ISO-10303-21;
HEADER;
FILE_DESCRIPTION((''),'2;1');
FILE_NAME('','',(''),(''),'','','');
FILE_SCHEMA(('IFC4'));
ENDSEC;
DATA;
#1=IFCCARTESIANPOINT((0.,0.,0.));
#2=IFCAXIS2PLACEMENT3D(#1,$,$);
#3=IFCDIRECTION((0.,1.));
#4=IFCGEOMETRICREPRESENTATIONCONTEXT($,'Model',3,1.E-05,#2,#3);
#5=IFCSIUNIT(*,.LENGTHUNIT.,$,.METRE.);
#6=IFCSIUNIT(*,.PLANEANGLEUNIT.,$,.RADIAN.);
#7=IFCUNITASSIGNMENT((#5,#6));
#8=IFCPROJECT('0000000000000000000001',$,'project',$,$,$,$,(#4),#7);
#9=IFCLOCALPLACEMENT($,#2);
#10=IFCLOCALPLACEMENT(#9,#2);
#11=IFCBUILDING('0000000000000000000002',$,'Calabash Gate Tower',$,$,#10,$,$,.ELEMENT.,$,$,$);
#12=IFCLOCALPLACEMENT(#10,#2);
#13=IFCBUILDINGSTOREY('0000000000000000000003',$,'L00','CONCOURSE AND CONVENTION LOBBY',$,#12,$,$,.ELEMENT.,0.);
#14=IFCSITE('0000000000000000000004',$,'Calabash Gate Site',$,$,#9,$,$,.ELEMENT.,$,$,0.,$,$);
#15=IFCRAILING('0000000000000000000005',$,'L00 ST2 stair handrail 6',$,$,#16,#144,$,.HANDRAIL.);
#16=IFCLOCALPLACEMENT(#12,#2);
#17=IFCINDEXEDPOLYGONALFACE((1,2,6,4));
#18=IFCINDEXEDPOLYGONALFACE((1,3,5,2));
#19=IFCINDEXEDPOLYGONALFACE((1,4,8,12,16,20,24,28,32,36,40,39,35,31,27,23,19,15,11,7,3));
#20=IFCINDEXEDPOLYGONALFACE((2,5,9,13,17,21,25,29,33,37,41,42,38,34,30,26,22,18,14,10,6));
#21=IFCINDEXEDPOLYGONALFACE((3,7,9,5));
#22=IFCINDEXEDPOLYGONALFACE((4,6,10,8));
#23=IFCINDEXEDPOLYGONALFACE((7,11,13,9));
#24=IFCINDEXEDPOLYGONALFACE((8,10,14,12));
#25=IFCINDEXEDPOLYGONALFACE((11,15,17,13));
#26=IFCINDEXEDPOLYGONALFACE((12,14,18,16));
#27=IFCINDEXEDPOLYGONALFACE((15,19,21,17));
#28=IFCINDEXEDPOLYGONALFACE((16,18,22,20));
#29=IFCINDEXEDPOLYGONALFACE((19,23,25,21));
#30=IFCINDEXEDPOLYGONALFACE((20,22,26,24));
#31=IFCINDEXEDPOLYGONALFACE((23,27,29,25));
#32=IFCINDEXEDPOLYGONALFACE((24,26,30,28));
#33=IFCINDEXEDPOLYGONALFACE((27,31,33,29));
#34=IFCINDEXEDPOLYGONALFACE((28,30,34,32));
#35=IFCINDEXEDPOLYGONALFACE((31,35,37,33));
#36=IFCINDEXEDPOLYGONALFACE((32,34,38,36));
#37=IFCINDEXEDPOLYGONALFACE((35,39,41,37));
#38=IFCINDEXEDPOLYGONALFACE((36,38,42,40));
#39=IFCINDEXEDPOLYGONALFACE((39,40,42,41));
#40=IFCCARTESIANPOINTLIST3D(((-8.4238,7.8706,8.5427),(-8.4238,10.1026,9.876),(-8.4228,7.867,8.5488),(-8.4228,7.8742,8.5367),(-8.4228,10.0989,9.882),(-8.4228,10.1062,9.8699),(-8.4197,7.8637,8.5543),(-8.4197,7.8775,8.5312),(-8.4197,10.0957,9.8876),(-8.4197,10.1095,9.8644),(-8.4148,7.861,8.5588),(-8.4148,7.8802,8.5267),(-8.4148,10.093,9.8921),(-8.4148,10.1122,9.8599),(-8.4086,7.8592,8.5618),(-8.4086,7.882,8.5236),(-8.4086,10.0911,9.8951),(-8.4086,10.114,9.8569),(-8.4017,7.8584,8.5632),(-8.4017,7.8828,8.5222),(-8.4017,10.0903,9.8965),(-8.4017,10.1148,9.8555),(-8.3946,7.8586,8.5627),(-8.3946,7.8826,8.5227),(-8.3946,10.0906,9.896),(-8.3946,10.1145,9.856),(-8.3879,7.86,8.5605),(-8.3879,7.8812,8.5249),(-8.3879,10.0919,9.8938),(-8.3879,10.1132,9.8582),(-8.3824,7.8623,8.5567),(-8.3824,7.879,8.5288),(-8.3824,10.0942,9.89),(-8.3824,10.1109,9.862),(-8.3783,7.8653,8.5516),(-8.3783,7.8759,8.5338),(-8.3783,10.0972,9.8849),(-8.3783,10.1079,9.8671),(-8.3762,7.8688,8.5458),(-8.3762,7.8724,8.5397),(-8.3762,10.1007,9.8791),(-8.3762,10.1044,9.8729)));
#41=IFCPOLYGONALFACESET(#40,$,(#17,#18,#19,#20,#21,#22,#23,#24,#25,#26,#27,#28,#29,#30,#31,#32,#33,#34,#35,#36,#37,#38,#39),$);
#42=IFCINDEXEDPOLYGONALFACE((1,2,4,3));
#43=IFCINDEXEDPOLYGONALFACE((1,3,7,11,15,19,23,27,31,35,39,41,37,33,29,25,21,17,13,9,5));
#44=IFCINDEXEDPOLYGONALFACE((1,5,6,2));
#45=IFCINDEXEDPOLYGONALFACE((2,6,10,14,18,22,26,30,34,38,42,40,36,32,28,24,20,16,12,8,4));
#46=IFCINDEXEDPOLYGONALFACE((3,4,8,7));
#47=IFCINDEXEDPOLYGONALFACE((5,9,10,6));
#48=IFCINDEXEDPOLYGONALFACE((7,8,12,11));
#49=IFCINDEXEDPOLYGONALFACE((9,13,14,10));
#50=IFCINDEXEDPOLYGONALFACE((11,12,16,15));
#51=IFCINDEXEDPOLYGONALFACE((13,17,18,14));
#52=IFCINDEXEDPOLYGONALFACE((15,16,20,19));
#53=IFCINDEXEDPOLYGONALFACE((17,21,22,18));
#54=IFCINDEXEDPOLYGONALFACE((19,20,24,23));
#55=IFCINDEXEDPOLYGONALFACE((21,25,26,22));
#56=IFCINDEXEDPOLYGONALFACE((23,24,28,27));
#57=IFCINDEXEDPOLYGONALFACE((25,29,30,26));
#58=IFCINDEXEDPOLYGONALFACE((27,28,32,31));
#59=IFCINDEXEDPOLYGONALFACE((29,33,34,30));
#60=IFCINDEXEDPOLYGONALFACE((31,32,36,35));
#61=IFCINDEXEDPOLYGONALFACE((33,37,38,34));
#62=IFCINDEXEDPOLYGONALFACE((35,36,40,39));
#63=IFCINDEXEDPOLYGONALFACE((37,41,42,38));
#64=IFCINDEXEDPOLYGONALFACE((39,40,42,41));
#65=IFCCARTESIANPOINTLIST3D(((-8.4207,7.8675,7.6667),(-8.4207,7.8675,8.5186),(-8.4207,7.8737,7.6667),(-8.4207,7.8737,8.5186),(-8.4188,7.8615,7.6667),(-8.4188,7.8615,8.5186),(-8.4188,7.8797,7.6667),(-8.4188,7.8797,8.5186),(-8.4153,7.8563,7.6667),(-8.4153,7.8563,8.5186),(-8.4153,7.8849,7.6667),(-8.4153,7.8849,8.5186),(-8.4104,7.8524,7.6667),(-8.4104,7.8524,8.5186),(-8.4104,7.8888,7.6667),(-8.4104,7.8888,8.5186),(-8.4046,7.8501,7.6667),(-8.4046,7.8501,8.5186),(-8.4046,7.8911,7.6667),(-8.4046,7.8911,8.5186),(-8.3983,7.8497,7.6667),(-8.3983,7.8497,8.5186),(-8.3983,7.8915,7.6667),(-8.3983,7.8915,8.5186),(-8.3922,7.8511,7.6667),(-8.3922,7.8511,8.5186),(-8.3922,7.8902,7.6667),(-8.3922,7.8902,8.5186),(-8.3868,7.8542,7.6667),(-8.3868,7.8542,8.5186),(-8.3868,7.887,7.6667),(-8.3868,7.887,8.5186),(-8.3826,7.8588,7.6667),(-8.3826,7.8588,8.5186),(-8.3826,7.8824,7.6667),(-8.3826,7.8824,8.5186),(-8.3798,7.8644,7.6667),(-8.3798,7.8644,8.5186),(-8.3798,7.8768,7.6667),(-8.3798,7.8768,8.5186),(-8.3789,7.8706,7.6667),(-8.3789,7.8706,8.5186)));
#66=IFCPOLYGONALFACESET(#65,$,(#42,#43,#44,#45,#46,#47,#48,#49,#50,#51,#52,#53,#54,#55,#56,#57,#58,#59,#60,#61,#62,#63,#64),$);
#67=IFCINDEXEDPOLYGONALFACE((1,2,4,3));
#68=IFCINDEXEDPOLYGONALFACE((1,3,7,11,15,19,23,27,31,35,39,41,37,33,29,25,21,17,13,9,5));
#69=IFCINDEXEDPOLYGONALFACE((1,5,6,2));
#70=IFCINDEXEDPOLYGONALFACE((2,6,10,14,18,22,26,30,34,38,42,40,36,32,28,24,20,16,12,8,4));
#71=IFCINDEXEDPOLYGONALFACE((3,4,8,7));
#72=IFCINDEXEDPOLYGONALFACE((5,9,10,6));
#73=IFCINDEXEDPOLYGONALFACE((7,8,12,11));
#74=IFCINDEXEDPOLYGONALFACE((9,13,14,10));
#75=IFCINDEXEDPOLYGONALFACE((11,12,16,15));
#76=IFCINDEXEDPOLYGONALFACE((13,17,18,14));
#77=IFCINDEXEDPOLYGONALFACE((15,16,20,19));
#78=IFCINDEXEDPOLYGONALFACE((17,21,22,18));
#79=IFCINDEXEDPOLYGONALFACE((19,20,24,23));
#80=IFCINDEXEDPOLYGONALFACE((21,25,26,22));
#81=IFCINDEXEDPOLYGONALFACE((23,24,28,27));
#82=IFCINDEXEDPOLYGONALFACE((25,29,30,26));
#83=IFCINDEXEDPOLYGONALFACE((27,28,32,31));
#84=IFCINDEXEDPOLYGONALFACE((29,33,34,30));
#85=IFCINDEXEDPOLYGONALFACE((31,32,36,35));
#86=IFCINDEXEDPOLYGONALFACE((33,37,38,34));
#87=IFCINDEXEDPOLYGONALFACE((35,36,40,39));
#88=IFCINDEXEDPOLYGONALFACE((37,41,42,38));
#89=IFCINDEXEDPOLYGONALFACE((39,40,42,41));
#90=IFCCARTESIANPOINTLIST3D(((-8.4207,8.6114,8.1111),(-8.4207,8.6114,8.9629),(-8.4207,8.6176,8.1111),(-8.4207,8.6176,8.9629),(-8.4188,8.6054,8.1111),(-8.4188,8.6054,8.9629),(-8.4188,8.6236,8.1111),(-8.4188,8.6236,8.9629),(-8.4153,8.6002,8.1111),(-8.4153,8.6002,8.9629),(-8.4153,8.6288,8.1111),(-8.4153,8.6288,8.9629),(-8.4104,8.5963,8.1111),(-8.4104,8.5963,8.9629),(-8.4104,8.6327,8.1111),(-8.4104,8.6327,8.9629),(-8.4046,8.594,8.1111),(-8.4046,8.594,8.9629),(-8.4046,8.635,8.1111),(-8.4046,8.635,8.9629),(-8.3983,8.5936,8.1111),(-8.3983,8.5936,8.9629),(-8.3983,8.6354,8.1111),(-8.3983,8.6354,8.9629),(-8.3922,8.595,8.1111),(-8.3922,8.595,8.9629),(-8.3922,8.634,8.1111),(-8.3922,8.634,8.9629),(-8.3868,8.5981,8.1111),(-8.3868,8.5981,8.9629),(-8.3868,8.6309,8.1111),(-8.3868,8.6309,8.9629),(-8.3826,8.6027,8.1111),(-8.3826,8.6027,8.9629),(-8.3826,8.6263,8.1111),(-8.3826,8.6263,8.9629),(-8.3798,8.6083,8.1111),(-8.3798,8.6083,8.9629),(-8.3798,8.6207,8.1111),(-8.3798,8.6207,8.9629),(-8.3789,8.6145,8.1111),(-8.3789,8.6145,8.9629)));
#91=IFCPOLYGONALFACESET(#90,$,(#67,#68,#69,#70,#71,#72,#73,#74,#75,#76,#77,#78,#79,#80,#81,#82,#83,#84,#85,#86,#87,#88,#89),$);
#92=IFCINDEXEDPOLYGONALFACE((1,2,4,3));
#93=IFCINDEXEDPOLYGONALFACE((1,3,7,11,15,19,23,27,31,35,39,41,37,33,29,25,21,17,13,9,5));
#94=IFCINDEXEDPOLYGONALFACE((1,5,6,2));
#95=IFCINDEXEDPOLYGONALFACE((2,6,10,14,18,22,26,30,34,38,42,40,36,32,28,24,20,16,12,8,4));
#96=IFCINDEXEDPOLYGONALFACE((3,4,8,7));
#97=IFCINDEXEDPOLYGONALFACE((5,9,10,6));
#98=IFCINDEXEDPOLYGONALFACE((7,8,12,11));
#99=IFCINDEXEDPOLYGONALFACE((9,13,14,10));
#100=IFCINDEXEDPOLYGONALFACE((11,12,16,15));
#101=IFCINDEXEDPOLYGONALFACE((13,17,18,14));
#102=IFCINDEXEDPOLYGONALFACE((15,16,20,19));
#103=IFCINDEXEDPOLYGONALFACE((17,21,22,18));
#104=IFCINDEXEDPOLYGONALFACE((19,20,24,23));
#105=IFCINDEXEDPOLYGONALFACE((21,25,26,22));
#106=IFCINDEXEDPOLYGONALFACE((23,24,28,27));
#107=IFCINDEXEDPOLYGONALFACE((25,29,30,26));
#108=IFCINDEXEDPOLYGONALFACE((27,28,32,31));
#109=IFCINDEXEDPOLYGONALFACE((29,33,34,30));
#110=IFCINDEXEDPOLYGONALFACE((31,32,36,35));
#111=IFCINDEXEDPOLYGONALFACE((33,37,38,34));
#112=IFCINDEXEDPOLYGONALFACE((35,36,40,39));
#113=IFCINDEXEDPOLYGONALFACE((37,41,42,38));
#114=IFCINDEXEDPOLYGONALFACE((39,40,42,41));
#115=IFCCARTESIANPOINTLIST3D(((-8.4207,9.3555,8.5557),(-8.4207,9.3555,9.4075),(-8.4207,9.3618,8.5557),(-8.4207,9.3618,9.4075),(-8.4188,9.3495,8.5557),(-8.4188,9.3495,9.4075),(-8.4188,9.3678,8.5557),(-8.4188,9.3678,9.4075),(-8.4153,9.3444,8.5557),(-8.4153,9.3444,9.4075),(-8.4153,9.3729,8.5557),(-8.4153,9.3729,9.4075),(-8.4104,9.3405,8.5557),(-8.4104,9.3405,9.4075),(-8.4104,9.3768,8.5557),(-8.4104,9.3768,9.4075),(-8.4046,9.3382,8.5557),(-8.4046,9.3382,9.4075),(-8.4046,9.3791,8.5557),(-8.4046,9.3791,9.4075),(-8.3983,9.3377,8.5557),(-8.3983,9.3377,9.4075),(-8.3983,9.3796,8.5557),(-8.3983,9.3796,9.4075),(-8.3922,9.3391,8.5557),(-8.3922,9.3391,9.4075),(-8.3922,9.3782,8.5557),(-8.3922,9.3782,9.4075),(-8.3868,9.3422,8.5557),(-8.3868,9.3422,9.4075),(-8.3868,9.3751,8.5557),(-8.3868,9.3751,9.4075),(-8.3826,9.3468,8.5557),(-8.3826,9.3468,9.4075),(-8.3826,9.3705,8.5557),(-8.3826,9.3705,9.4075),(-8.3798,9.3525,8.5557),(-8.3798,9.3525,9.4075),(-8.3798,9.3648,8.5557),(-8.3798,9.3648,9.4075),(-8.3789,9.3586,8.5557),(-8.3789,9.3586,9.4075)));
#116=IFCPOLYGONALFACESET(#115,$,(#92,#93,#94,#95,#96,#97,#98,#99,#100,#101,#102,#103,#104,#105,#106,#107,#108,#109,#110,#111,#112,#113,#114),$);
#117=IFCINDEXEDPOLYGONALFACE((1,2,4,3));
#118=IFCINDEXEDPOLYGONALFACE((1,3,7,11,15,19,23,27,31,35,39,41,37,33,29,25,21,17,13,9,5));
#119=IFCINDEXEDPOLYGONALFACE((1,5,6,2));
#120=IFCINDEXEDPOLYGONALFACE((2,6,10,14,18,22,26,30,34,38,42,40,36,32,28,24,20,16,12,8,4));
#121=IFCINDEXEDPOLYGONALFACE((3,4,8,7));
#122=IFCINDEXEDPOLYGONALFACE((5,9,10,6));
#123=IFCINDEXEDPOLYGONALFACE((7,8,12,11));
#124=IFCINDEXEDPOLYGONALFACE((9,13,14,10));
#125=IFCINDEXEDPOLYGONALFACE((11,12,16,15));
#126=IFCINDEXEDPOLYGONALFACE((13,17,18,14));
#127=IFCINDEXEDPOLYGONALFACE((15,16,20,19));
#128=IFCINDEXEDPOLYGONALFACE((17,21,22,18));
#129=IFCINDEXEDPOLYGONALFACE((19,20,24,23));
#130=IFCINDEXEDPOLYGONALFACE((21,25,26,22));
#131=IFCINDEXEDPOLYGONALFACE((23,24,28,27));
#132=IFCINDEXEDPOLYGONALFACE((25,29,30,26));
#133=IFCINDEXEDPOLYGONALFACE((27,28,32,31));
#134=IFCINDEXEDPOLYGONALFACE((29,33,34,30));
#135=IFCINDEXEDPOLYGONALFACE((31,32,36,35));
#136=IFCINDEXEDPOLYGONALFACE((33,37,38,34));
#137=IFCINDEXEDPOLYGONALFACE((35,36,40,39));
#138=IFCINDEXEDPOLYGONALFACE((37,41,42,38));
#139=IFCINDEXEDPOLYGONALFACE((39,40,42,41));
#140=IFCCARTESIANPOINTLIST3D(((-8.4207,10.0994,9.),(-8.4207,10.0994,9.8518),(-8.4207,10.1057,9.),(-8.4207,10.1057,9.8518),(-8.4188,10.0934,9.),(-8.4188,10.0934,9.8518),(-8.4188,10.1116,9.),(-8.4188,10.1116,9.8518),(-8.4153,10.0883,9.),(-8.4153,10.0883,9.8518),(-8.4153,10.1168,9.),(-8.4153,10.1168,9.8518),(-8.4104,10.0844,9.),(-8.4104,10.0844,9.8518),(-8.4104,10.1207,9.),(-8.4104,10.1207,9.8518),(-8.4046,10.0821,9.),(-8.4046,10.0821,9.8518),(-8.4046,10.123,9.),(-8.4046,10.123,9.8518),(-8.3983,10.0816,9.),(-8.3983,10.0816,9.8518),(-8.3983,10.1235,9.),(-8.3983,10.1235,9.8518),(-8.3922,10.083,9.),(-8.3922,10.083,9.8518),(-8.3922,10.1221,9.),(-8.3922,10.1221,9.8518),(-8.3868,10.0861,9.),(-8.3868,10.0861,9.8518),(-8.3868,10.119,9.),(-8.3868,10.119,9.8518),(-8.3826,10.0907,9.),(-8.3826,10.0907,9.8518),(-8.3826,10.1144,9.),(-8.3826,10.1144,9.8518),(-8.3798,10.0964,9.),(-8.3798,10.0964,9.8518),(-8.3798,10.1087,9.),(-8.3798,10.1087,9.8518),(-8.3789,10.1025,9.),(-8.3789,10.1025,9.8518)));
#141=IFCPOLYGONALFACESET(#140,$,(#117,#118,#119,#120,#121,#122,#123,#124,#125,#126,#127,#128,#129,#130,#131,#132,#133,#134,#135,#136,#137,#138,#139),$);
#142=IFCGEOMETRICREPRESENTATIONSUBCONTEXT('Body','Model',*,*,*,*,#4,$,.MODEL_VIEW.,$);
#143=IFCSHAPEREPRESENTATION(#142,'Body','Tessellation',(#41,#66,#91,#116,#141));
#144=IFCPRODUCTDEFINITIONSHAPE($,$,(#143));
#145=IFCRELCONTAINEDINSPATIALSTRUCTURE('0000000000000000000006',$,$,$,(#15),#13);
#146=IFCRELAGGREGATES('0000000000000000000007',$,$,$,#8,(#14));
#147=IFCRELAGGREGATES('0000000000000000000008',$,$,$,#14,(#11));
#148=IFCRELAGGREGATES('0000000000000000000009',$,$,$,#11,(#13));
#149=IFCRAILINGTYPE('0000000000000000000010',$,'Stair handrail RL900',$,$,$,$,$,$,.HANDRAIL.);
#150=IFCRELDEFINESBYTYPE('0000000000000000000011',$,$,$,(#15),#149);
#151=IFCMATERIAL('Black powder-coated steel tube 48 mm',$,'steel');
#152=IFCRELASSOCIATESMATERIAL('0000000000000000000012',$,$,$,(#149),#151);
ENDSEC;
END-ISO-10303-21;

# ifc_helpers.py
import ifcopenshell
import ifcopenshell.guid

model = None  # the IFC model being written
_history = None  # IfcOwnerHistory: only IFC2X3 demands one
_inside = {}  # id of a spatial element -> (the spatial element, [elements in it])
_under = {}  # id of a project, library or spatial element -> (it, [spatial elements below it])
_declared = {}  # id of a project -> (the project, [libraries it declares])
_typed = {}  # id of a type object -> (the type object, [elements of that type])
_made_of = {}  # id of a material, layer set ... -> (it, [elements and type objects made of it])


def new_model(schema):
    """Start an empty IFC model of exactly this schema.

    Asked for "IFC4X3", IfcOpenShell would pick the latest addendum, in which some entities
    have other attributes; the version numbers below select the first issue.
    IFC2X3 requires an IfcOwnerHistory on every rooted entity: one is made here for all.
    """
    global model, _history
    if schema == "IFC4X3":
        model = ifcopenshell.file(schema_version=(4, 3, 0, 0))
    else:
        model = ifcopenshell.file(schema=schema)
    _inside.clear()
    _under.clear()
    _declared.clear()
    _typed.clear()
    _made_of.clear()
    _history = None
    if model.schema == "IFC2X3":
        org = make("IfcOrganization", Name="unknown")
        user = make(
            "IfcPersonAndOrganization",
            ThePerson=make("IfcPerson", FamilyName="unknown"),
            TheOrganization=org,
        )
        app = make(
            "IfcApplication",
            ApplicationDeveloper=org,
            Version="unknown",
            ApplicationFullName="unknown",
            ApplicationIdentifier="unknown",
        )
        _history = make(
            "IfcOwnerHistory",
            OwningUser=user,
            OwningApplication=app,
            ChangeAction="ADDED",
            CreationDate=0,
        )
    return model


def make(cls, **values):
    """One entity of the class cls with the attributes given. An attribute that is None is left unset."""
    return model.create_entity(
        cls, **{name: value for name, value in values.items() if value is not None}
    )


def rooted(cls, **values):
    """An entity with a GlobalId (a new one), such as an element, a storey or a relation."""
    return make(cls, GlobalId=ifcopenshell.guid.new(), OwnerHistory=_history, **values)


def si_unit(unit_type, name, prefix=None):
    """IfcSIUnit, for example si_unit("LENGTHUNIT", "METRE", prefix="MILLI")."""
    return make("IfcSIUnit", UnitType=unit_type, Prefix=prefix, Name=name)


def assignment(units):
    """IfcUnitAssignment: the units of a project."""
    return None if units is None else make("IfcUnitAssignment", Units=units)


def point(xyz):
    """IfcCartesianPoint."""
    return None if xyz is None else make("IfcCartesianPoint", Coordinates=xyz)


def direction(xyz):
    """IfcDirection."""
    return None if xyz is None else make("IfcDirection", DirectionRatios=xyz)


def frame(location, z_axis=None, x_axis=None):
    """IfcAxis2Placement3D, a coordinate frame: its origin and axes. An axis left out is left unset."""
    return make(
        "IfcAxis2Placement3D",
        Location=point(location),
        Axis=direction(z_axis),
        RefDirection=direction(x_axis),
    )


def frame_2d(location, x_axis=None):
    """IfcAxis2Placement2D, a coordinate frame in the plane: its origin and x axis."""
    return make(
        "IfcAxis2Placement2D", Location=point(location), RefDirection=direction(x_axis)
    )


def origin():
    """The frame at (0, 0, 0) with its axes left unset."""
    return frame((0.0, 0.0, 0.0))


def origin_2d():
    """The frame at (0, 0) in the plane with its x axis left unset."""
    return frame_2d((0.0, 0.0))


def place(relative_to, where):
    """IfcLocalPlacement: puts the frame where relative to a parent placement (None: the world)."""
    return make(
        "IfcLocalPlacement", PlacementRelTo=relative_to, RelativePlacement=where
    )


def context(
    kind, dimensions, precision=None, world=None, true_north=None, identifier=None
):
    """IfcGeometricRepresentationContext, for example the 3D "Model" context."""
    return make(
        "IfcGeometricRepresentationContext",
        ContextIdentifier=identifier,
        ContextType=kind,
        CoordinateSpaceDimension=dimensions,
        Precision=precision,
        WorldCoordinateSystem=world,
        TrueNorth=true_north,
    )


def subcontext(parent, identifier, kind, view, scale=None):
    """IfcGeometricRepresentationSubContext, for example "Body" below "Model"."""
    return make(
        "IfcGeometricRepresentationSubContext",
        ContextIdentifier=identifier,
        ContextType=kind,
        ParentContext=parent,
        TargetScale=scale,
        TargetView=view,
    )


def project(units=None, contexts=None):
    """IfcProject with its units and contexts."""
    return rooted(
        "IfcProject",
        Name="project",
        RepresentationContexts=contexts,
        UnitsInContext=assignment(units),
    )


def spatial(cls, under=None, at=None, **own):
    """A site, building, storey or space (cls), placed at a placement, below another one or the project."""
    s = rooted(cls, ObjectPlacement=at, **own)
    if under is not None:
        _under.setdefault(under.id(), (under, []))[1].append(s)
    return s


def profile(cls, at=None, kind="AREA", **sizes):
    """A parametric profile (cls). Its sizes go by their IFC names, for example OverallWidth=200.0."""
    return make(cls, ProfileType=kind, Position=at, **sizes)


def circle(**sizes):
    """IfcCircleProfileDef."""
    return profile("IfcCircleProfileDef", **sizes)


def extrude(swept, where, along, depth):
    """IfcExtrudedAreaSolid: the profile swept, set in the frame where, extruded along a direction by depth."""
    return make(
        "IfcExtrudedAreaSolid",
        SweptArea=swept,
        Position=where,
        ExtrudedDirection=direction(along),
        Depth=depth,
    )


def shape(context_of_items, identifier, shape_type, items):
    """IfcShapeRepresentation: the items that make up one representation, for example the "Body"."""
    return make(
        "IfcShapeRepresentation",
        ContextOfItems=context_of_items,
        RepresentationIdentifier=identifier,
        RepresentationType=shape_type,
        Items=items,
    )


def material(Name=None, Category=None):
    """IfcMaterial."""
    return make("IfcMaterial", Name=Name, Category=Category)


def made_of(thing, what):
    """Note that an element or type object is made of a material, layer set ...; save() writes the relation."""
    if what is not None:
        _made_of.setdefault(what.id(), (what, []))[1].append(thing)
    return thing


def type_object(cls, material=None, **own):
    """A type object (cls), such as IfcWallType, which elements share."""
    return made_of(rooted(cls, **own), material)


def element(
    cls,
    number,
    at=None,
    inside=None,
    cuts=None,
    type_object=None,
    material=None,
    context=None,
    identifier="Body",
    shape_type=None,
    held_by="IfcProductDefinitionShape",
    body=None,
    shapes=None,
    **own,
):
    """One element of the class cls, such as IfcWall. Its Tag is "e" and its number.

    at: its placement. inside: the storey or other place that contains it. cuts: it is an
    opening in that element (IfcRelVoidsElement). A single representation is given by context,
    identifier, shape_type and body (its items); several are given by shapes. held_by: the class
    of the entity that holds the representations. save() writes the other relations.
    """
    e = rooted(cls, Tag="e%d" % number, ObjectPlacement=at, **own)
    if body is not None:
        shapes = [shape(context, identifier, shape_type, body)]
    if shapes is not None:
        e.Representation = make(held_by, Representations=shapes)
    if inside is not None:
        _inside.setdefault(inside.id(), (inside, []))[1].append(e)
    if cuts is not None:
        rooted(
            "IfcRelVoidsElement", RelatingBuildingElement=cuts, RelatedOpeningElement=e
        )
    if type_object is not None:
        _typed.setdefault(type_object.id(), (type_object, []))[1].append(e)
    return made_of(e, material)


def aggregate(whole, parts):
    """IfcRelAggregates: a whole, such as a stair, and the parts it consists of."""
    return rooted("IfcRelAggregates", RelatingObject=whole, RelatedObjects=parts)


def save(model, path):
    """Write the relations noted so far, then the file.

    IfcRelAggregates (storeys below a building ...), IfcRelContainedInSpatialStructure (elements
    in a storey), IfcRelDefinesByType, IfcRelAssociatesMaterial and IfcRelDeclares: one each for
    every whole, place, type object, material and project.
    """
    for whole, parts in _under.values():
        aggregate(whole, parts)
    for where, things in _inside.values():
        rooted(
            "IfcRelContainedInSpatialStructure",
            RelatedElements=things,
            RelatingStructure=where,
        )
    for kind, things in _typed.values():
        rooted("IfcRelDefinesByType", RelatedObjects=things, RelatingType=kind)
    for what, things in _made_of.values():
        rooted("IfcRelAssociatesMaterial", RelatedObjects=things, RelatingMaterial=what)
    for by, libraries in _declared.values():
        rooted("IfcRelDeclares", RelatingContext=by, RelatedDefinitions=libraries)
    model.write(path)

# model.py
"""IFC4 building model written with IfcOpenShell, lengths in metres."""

from ifc_helpers import new_model, si_unit, direction, frame, origin, origin_2d, place, context, subcontext, project, spatial, circle, extrude, material, type_object, element, save


model = new_model("IFC4")

# Units and contexts
model_context = context("Model", 3, precision=1e-05, world=origin(), true_north=direction((0.0, 1.0)))
body_context = subcontext(model_context, "Body", "Model", "MODEL_VIEW")
ifc_project = project(units=[si_unit("LENGTHUNIT", "METRE"), si_unit("PLANEANGLEUNIT", "RADIAN")], contexts=[model_context])

# Site, building, storey
site_placement = place(None, origin())
site = spatial("IfcSite", under=ifc_project, at=site_placement, Name="Calabash Gate Site", CompositionType="ELEMENT", RefElevation=0.0)
building_placement = place(site_placement, origin())
building = spatial("IfcBuilding", under=site, at=building_placement, Name="Calabash Gate Tower", CompositionType="ELEMENT")
storey_placement = place(building_placement, origin())
storey = spatial("IfcBuildingStorey", under=building, at=storey_placement, Name="L00", Description="CONCOURSE AND CONVENTION LOBBY", CompositionType="ELEMENT", Elevation=0.0)

# Railing
ifc_material_1 = material(Name="Black powder-coated steel tube 48 mm", Category="steel")
railing_type_1 = type_object("IfcRailingType", Name="Stair handrail RL900", PredefinedType="HANDRAIL", material=ifc_material_1)
for number, where, name in (
    (1, (-8.3999, 7.8706, 7.6667), "L00 ST2 stair handrail 6"),
):
    element("IfcRailing", number, at=place(storey_placement, frame(where)), inside=storey, type_object=railing_type_1, Name=name, PredefinedType="HANDRAIL", context=body_context, shape_type="SweptSolid", body=[
        extrude(circle(Radius=0.0239, at=origin_2d()), frame((0.0, 0.0, 0.876), z_axis=(0.0, 0.858494, 0.512824), x_axis=(-1.0, 0.0, 0.0)), (0.0, 0.0, 1.0), 2.5999),
        extrude(circle(Radius=0.021, at=origin_2d()), origin(), (0.0, 0.0, 1.0), 0.8518),
        extrude(circle(Radius=0.021, at=origin_2d()), frame((0.0, 0.7439, 0.4443)), (0.0, 0.0, 1.0), 0.8518),
        extrude(circle(Radius=0.021, at=origin_2d()), frame((0.0, 1.488, 0.8889)), (0.0, 0.0, 1.0), 0.8518),
        extrude(circle(Radius=0.021, at=origin_2d()), frame((0.0, 2.2319, 1.3333)), (0.0, 0.0, 1.0), 0.8518),
    ])

save(model, "model.ifc")
